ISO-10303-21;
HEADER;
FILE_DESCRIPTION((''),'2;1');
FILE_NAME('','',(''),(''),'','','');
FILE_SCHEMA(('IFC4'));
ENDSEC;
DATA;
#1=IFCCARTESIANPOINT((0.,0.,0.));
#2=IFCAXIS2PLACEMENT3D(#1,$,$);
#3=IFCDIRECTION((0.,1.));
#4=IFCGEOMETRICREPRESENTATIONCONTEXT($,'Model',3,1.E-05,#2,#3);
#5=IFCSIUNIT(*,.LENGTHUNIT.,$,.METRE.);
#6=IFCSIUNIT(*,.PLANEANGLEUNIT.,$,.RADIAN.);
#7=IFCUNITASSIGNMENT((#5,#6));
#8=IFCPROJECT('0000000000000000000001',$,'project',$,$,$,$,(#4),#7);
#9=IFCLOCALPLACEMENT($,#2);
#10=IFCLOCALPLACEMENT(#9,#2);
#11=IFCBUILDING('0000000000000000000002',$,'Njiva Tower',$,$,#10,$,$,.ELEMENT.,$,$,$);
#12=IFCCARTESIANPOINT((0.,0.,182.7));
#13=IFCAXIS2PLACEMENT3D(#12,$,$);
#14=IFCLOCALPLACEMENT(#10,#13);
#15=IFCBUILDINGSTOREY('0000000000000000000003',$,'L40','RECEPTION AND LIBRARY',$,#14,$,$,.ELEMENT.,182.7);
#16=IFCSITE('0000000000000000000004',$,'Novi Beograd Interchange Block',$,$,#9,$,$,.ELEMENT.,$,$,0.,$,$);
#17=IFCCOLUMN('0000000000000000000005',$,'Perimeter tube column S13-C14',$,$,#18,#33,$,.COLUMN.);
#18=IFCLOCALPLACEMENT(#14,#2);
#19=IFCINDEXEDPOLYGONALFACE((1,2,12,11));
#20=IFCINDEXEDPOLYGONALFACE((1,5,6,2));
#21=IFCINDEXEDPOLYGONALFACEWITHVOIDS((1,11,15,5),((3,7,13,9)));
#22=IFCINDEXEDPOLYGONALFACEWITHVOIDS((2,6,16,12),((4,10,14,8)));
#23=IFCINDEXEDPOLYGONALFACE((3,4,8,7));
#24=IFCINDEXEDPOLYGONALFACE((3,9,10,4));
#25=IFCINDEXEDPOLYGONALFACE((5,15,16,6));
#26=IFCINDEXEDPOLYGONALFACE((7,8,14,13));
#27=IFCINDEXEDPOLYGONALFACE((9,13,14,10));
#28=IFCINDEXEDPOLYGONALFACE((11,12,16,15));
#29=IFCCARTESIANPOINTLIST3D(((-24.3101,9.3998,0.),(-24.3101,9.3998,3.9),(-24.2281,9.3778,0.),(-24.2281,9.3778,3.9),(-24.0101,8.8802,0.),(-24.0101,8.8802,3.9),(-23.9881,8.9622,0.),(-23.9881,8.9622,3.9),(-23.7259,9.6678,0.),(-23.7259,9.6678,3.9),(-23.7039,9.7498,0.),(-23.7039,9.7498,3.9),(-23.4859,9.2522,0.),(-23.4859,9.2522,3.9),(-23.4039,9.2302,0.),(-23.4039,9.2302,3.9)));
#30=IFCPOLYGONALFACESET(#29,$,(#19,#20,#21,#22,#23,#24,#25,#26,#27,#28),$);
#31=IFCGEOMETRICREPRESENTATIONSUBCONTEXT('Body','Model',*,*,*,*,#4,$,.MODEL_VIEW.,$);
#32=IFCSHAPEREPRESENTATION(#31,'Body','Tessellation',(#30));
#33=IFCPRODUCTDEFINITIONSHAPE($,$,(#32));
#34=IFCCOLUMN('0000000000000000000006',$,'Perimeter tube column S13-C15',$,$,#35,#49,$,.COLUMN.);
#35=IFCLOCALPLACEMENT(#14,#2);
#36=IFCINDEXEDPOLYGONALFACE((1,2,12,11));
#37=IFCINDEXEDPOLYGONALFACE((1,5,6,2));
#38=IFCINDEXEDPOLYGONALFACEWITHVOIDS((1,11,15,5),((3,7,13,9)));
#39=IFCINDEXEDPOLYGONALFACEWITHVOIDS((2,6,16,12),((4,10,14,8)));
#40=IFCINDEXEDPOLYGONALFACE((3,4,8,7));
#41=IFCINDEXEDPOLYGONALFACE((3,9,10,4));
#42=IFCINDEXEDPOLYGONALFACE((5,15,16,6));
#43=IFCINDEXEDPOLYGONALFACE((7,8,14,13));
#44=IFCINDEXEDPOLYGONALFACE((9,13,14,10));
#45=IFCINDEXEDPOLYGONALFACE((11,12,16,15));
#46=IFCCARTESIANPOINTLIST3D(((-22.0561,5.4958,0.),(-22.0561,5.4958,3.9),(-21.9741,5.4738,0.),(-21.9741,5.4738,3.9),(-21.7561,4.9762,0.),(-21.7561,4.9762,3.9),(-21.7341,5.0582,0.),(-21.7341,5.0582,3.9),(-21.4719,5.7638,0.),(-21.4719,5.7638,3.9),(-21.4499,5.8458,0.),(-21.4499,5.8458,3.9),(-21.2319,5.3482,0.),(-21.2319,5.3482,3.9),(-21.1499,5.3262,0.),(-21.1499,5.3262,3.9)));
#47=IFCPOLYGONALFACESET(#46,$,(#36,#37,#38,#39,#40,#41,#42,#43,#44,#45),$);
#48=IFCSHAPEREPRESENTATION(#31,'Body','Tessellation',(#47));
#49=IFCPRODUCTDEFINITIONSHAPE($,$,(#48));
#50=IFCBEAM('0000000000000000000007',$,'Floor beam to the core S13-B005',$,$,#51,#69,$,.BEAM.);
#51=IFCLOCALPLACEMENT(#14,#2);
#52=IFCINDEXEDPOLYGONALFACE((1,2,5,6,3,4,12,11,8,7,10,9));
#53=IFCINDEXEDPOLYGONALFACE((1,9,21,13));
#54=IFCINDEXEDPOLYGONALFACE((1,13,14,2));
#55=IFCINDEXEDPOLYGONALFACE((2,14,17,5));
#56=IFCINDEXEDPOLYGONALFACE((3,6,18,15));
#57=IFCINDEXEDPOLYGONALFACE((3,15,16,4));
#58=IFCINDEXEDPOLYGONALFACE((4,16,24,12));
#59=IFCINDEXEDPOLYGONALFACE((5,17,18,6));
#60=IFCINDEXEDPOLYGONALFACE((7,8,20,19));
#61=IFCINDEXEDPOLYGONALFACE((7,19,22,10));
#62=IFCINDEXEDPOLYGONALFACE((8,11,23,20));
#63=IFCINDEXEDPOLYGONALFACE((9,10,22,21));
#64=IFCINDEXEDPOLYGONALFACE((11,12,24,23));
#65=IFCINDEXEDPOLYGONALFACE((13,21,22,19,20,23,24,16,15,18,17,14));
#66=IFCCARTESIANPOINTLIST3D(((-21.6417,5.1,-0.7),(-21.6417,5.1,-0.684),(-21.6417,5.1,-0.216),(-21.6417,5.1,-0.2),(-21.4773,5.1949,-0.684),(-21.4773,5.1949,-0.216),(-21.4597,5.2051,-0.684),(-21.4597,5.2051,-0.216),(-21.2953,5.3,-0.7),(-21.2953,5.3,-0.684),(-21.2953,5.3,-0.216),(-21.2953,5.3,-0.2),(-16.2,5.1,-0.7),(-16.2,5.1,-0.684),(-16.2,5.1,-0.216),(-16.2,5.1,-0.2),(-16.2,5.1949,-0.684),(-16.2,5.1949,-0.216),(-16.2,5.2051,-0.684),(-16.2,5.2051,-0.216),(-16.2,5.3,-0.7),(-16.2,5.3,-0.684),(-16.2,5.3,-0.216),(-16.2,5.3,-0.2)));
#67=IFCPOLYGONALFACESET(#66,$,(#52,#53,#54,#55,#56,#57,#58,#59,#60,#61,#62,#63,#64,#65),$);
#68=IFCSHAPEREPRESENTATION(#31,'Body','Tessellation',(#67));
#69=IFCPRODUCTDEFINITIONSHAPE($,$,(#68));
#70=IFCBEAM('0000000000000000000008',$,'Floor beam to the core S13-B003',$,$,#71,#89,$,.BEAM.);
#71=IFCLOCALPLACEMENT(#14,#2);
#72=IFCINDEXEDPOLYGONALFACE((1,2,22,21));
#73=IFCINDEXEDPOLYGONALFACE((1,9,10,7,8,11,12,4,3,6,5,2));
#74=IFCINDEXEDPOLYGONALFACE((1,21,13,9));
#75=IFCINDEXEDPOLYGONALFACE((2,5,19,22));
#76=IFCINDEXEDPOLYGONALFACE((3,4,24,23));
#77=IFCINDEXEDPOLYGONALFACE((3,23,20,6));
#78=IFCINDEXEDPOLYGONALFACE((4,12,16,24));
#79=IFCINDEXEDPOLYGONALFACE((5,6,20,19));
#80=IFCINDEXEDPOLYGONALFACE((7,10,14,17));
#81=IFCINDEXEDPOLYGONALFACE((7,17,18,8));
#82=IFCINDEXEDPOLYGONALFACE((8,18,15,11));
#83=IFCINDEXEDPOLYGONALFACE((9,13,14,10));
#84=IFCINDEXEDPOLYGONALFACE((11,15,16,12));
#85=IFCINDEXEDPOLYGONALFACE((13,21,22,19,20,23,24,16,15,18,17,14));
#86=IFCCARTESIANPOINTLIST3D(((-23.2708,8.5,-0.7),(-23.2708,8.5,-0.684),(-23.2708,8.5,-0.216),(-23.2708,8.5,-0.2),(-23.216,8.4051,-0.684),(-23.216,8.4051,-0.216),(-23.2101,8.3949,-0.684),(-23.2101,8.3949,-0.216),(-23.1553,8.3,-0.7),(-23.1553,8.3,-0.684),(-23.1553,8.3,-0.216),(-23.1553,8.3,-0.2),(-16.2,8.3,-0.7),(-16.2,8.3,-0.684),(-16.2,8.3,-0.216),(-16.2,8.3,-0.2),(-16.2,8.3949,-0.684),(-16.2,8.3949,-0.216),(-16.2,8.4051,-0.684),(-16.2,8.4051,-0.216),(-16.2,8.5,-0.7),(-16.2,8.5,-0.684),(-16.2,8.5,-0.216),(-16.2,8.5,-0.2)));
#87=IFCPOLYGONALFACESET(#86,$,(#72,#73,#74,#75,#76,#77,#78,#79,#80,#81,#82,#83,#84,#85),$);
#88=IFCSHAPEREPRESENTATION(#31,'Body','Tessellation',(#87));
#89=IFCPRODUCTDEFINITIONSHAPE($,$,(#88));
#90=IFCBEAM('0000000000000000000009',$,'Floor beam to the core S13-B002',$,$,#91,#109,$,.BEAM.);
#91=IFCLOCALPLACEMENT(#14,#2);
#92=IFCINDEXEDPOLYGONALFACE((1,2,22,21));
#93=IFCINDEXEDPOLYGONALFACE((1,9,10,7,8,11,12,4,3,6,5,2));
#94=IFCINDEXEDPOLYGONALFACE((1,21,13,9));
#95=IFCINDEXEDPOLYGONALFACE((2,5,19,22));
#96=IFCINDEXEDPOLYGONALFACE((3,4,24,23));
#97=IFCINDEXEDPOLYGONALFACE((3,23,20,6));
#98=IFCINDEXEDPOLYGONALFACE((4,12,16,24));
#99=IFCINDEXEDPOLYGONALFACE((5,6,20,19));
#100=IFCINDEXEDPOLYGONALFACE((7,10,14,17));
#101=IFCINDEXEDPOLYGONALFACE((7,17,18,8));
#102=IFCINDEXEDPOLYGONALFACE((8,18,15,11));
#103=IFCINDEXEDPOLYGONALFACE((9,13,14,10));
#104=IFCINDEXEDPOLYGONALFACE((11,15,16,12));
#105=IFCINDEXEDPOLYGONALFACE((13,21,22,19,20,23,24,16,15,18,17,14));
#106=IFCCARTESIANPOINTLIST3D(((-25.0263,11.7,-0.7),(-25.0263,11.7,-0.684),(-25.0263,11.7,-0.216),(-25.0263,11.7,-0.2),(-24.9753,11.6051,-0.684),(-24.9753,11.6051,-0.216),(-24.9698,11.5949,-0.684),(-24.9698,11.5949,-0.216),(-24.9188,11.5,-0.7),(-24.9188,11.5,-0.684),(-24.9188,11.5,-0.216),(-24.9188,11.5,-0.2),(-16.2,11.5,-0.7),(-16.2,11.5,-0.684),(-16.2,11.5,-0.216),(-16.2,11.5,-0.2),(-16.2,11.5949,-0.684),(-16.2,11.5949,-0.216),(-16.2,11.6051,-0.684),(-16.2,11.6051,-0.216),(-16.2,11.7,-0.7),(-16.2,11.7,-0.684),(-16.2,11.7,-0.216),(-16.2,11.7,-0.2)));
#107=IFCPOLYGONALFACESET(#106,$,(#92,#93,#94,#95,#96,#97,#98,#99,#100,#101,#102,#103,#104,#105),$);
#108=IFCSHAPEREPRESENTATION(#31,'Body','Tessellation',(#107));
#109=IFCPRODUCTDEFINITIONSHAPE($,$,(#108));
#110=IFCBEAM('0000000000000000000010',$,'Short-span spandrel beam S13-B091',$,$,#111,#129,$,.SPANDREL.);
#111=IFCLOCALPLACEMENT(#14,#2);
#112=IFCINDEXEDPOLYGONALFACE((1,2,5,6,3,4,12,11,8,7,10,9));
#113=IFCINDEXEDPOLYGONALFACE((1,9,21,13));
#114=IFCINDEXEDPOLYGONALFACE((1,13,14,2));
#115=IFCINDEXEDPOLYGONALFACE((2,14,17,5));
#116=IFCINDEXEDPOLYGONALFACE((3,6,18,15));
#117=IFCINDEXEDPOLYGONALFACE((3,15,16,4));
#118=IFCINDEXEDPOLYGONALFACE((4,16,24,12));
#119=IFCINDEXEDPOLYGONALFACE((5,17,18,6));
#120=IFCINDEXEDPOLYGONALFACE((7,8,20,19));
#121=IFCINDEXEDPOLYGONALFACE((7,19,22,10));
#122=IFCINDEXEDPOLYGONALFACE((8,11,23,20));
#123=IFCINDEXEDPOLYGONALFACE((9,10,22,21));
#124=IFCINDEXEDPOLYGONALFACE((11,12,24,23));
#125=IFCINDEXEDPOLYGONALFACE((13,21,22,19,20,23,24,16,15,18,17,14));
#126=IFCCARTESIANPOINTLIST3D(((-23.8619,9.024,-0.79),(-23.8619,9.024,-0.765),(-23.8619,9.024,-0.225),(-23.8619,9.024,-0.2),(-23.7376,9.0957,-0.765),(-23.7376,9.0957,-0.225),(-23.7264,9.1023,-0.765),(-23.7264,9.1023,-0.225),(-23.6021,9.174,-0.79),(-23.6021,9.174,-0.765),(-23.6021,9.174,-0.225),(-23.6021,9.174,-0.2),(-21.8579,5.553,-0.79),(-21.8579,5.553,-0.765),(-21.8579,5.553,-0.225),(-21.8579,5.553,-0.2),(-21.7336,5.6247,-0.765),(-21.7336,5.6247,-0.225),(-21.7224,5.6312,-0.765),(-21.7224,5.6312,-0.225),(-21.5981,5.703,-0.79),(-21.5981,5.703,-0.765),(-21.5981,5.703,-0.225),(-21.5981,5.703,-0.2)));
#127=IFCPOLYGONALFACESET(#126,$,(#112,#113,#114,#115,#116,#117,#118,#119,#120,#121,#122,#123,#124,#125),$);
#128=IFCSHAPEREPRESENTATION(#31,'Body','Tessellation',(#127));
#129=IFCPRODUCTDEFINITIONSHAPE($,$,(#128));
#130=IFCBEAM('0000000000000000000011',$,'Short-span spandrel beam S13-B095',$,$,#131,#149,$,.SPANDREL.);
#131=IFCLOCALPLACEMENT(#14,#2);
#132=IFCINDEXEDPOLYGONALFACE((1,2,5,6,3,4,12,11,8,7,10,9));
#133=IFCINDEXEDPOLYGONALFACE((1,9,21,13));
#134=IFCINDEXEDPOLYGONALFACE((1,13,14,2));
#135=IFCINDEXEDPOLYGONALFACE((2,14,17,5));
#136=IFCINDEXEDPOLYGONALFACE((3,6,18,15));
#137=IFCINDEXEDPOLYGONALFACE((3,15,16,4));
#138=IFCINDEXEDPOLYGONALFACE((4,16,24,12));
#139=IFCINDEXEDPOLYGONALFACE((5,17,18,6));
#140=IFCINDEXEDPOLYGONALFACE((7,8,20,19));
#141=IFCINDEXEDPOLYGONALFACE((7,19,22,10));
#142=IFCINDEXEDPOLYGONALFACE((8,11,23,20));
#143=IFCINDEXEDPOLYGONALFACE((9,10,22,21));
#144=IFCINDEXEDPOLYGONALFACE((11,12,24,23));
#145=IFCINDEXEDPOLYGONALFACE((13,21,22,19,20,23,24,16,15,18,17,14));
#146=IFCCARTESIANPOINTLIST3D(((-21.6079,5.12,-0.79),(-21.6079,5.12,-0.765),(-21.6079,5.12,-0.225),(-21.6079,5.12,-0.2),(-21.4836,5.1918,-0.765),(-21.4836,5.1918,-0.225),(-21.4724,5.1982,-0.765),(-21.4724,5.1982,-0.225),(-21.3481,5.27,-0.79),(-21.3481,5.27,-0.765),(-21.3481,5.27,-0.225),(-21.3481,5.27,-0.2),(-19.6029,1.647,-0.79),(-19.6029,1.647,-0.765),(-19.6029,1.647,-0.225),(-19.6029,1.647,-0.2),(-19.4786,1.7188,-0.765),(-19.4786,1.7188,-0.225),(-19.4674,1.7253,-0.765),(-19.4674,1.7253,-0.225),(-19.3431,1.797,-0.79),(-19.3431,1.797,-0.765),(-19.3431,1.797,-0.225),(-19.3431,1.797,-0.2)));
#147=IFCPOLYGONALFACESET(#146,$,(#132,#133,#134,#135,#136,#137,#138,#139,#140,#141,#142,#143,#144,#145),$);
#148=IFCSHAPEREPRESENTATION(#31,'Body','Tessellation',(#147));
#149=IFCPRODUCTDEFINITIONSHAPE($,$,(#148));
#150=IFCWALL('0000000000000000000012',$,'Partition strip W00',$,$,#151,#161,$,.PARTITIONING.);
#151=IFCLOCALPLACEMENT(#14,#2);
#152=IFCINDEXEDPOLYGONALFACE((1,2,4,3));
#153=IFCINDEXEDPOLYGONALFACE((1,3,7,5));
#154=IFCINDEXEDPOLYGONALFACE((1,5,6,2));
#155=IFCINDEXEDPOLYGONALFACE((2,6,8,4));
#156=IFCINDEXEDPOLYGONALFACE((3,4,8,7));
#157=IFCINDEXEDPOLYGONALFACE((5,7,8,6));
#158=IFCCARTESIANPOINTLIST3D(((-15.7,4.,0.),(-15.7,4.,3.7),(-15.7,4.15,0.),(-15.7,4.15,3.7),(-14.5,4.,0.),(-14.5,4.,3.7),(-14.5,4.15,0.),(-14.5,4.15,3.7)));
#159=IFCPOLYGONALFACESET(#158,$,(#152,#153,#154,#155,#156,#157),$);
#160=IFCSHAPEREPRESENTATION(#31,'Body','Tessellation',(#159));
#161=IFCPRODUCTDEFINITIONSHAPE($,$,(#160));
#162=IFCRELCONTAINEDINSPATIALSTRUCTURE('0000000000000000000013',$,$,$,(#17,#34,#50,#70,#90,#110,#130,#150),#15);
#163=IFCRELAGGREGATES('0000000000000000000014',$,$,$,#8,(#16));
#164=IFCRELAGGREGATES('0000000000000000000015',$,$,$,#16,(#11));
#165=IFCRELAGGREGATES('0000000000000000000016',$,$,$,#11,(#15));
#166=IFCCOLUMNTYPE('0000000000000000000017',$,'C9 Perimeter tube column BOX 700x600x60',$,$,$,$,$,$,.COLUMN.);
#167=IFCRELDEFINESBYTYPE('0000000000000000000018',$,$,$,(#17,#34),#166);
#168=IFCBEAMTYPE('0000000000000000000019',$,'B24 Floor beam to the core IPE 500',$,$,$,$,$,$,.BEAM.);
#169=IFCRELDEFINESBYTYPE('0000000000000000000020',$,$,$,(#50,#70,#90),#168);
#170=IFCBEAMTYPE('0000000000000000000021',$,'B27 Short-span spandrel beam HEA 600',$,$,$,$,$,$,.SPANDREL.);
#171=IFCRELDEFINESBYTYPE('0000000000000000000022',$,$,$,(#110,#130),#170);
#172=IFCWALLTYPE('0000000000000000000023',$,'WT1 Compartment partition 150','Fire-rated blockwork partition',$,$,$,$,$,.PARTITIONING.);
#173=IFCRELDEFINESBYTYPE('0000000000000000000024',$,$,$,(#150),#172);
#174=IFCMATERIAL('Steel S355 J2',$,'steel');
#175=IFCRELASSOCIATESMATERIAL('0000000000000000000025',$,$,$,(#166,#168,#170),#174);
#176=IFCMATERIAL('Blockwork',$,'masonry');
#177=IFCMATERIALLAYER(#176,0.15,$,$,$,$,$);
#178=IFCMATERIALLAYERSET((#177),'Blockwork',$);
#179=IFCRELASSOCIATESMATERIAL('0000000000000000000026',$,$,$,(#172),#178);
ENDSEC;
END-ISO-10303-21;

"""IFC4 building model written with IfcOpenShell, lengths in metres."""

from ifc_helpers import new_model, si_unit, direction, frame, frame_2d, origin, origin_2d, place, context, subcontext, project, spatial, rectangle, hollow_rectangle, i_section, extrude, clip, halfspace, material, layer, layer_set, material_profile, profile_set, type_object, element, save


model = new_model("IFC4")

# Units and contexts
model_context = context("Model", 3, precision=1e-05, world=origin(), true_north=direction((0.0, 1.0)))
body_context = subcontext(model_context, "Body", "Model", "MODEL_VIEW")
ifc_project = project(units=[si_unit("LENGTHUNIT", "METRE"), si_unit("PLANEANGLEUNIT", "RADIAN")], contexts=[model_context])

# Site, building, storey
site_placement = place(None, origin())
site = spatial("IfcSite", under=ifc_project, at=site_placement, Name="Novi Beograd Interchange Block", CompositionType="ELEMENT", RefElevation=0.0)
building_placement = place(site_placement, origin())
building = spatial("IfcBuilding", under=site, at=building_placement, Name="Njiva Tower", CompositionType="ELEMENT")
storey_placement = place(building_placement, frame((0.0, 0.0, 182.7)))
storey = spatial("IfcBuildingStorey", under=building, at=storey_placement, Name="L40", Description="RECEPTION AND LIBRARY", CompositionType="ELEMENT", Elevation=182.7)

# Columns
ifc_material_1 = material(Name="Steel S355 J2", Category="steel")
ifc_material_profile_1 = material_profile(ifc_material_1, hollow_rectangle(XDim=0.6, YDim=0.7, WallThickness=0.06, at=origin_2d()), Name="BOX 700x600x60")
ifc_profile_set_1 = profile_set([ifc_material_profile_1], Name="Steel S355 J2")
column_type = type_object("IfcColumnType", Name="C9 Perimeter tube column BOX 700x600x60", PredefinedType="COLUMN", material=ifc_profile_set_1)
for number, where, z_axis, x_axis, name in (
    (1, (-23.857, 9.315, 0.0), (0.0, 0.0, 1.0), (0.5, -0.866025, 0.0), "Perimeter tube column S13-C14"),
    (2, (-21.603, 5.411, 0.0), (0.0, 0.0, 1.0), (0.5, -0.866025, 0.0), "Perimeter tube column S13-C15"),
):
    element("IfcColumn", number, at=place(storey_placement, frame(where, z_axis=z_axis, x_axis=x_axis)), inside=storey, type_object=column_type, Name=name, PredefinedType="COLUMN", context=body_context, shape_type="SweptSolid", body=[
        extrude(hollow_rectangle(XDim=0.6, YDim=0.7, WallThickness=0.06, at=origin_2d()), origin(), (0.0, 0.0, 1.0), 3.9),
    ])

# Beams
ifc_material_profile_2 = material_profile(ifc_material_1, i_section(OverallWidth=0.2, OverallDepth=0.5, WebThickness=0.0102, FlangeThickness=0.016, at=origin_2d()), Name="IPE 500")
ifc_profile_set_2 = profile_set([ifc_material_profile_2], Name="Steel S355 J2")
beam_type_1 = type_object("IfcBeamType", Name="B24 Floor beam to the core IPE 500", PredefinedType="BEAM", material=ifc_profile_set_2)
beam_1_placement = place(storey_placement, frame((-21.661, 5.2, -0.45), z_axis=(1.0, 0.0, 0.0), x_axis=(0.0, 1.0, 0.0)))
element("IfcBeam", 3, at=beam_1_placement, inside=storey, type_object=beam_type_1, Name="Floor beam to the core S13-B005", PredefinedType="BEAM", context=body_context, shape_type="Clipping", body=[
    clip(extrude(i_section(OverallWidth=0.2, OverallDepth=0.5, WebThickness=0.0102, FlangeThickness=0.016, at=origin_2d()), origin(), (0.0, 0.0, 1.0), 5.461), halfspace(frame((0.0433, 0.0, 0.2675), z_axis=(0.866027, 0.0, -0.499998), x_axis=(0.0, -1.0, 0.0)), False)),
])
beam_2_placement = place(storey_placement, frame((-23.291, 8.4, -0.45), z_axis=(1.0, 0.0, 0.0), x_axis=(0.0, 1.0, 0.0)))
element("IfcBeam", 4, at=beam_2_placement, inside=storey, type_object=beam_type_1, Name="Floor beam to the core S13-B003", PredefinedType="BEAM", context=body_context, shape_type="Clipping", body=[
    clip(extrude(i_section(OverallWidth=0.2, OverallDepth=0.5, WebThickness=0.0102, FlangeThickness=0.016, at=origin_2d()), origin(), (0.0, 0.0, 1.0), 7.091), halfspace(frame((-0.025, 0.0, 0.0924), z_axis=(-0.499998, 0.0, -0.866027), x_axis=(0.0, -1.0, 0.0)), False)),
])
beam_3_placement = place(storey_placement, frame((-25.047, 11.6, -0.45), z_axis=(1.0, 0.0, 0.0), x_axis=(0.0, 1.0, 0.0)))
element("IfcBeam", 5, at=beam_3_placement, inside=storey, type_object=beam_type_1, Name="Floor beam to the core S13-B002", PredefinedType="BEAM", context=body_context, shape_type="Clipping", body=[
    clip(extrude(i_section(OverallWidth=0.2, OverallDepth=0.5, WebThickness=0.0102, FlangeThickness=0.016, at=origin_2d()), origin(), (0.0, 0.0, 1.0), 8.847), halfspace(frame((-0.0237, 0.0, 0.0872), z_axis=(-0.473777, 0.0, -0.880645), x_axis=(0.0, -1.0, 0.0)), False)),
])
ifc_material_profile_3 = material_profile(ifc_material_1, i_section(OverallWidth=0.3, OverallDepth=0.59, WebThickness=0.013, FlangeThickness=0.025, at=origin_2d()), Name="HEA 600")
ifc_profile_set_3 = profile_set([ifc_material_profile_3], Name="Steel S355 J2")
beam_type_2 = type_object("IfcBeamType", Name="B27 Short-span spandrel beam HEA 600", PredefinedType="SPANDREL", material=ifc_profile_set_3)
beam_4_placement = place(storey_placement, frame((-23.732, 9.099, -0.495), z_axis=(0.500003, -0.866024, 0.0), x_axis=(0.866024, 0.500003, 0.0)))
element("IfcBeam", 6, at=beam_4_placement, inside=storey, type_object=beam_type_2, Name="Short-span spandrel beam S13-B091", PredefinedType="SPANDREL", context=body_context, shape_type="SweptSolid", body=[
    extrude(i_section(OverallWidth=0.3, OverallDepth=0.59, WebThickness=0.013, FlangeThickness=0.025, at=origin_2d()), origin(), (0.0, 0.0, 1.0), 4.008),
])
beam_5_placement = place(storey_placement, frame((-21.478, 5.195, -0.495), z_axis=(0.499974, -0.86604, 0.0), x_axis=(0.86604, 0.499974, 0.0)))
element("IfcBeam", 7, at=beam_5_placement, inside=storey, type_object=beam_type_2, Name="Short-span spandrel beam S13-B095", PredefinedType="SPANDREL", context=body_context, shape_type="SweptSolid", body=[
    extrude(i_section(OverallWidth=0.3, OverallDepth=0.59, WebThickness=0.013, FlangeThickness=0.025, at=origin_2d()), origin(), (0.0, 0.0, 1.0), 4.0102),
])

# Wall
ifc_material_2 = material(Name="Blockwork", Category="masonry")
ifc_layer_1 = layer(ifc_material_2, 0.15)
ifc_layer_set_1 = layer_set([ifc_layer_1], Name="Blockwork")
wall_type_1 = type_object("IfcWallType", Name="WT1 Compartment partition 150", Description="Fire-rated blockwork partition", PredefinedType="PARTITIONING", material=ifc_layer_set_1)
wall_1_placement = place(storey_placement, frame((-15.7, 4.075, 0.0), z_axis=(0.0, 0.0, 1.0), x_axis=(1.0, 0.0, 0.0)))
element("IfcWall", 8, at=wall_1_placement, inside=storey, type_object=wall_type_1, Name="Partition strip W00", PredefinedType="PARTITIONING", context=body_context, shape_type="SweptSolid", body=[
    extrude(rectangle(XDim=1.2, YDim=0.15, at=frame_2d((0.6, 0.0))), origin(), (0.0, 0.0, 1.0), 3.7),
])

save(model, "model.ifc")
